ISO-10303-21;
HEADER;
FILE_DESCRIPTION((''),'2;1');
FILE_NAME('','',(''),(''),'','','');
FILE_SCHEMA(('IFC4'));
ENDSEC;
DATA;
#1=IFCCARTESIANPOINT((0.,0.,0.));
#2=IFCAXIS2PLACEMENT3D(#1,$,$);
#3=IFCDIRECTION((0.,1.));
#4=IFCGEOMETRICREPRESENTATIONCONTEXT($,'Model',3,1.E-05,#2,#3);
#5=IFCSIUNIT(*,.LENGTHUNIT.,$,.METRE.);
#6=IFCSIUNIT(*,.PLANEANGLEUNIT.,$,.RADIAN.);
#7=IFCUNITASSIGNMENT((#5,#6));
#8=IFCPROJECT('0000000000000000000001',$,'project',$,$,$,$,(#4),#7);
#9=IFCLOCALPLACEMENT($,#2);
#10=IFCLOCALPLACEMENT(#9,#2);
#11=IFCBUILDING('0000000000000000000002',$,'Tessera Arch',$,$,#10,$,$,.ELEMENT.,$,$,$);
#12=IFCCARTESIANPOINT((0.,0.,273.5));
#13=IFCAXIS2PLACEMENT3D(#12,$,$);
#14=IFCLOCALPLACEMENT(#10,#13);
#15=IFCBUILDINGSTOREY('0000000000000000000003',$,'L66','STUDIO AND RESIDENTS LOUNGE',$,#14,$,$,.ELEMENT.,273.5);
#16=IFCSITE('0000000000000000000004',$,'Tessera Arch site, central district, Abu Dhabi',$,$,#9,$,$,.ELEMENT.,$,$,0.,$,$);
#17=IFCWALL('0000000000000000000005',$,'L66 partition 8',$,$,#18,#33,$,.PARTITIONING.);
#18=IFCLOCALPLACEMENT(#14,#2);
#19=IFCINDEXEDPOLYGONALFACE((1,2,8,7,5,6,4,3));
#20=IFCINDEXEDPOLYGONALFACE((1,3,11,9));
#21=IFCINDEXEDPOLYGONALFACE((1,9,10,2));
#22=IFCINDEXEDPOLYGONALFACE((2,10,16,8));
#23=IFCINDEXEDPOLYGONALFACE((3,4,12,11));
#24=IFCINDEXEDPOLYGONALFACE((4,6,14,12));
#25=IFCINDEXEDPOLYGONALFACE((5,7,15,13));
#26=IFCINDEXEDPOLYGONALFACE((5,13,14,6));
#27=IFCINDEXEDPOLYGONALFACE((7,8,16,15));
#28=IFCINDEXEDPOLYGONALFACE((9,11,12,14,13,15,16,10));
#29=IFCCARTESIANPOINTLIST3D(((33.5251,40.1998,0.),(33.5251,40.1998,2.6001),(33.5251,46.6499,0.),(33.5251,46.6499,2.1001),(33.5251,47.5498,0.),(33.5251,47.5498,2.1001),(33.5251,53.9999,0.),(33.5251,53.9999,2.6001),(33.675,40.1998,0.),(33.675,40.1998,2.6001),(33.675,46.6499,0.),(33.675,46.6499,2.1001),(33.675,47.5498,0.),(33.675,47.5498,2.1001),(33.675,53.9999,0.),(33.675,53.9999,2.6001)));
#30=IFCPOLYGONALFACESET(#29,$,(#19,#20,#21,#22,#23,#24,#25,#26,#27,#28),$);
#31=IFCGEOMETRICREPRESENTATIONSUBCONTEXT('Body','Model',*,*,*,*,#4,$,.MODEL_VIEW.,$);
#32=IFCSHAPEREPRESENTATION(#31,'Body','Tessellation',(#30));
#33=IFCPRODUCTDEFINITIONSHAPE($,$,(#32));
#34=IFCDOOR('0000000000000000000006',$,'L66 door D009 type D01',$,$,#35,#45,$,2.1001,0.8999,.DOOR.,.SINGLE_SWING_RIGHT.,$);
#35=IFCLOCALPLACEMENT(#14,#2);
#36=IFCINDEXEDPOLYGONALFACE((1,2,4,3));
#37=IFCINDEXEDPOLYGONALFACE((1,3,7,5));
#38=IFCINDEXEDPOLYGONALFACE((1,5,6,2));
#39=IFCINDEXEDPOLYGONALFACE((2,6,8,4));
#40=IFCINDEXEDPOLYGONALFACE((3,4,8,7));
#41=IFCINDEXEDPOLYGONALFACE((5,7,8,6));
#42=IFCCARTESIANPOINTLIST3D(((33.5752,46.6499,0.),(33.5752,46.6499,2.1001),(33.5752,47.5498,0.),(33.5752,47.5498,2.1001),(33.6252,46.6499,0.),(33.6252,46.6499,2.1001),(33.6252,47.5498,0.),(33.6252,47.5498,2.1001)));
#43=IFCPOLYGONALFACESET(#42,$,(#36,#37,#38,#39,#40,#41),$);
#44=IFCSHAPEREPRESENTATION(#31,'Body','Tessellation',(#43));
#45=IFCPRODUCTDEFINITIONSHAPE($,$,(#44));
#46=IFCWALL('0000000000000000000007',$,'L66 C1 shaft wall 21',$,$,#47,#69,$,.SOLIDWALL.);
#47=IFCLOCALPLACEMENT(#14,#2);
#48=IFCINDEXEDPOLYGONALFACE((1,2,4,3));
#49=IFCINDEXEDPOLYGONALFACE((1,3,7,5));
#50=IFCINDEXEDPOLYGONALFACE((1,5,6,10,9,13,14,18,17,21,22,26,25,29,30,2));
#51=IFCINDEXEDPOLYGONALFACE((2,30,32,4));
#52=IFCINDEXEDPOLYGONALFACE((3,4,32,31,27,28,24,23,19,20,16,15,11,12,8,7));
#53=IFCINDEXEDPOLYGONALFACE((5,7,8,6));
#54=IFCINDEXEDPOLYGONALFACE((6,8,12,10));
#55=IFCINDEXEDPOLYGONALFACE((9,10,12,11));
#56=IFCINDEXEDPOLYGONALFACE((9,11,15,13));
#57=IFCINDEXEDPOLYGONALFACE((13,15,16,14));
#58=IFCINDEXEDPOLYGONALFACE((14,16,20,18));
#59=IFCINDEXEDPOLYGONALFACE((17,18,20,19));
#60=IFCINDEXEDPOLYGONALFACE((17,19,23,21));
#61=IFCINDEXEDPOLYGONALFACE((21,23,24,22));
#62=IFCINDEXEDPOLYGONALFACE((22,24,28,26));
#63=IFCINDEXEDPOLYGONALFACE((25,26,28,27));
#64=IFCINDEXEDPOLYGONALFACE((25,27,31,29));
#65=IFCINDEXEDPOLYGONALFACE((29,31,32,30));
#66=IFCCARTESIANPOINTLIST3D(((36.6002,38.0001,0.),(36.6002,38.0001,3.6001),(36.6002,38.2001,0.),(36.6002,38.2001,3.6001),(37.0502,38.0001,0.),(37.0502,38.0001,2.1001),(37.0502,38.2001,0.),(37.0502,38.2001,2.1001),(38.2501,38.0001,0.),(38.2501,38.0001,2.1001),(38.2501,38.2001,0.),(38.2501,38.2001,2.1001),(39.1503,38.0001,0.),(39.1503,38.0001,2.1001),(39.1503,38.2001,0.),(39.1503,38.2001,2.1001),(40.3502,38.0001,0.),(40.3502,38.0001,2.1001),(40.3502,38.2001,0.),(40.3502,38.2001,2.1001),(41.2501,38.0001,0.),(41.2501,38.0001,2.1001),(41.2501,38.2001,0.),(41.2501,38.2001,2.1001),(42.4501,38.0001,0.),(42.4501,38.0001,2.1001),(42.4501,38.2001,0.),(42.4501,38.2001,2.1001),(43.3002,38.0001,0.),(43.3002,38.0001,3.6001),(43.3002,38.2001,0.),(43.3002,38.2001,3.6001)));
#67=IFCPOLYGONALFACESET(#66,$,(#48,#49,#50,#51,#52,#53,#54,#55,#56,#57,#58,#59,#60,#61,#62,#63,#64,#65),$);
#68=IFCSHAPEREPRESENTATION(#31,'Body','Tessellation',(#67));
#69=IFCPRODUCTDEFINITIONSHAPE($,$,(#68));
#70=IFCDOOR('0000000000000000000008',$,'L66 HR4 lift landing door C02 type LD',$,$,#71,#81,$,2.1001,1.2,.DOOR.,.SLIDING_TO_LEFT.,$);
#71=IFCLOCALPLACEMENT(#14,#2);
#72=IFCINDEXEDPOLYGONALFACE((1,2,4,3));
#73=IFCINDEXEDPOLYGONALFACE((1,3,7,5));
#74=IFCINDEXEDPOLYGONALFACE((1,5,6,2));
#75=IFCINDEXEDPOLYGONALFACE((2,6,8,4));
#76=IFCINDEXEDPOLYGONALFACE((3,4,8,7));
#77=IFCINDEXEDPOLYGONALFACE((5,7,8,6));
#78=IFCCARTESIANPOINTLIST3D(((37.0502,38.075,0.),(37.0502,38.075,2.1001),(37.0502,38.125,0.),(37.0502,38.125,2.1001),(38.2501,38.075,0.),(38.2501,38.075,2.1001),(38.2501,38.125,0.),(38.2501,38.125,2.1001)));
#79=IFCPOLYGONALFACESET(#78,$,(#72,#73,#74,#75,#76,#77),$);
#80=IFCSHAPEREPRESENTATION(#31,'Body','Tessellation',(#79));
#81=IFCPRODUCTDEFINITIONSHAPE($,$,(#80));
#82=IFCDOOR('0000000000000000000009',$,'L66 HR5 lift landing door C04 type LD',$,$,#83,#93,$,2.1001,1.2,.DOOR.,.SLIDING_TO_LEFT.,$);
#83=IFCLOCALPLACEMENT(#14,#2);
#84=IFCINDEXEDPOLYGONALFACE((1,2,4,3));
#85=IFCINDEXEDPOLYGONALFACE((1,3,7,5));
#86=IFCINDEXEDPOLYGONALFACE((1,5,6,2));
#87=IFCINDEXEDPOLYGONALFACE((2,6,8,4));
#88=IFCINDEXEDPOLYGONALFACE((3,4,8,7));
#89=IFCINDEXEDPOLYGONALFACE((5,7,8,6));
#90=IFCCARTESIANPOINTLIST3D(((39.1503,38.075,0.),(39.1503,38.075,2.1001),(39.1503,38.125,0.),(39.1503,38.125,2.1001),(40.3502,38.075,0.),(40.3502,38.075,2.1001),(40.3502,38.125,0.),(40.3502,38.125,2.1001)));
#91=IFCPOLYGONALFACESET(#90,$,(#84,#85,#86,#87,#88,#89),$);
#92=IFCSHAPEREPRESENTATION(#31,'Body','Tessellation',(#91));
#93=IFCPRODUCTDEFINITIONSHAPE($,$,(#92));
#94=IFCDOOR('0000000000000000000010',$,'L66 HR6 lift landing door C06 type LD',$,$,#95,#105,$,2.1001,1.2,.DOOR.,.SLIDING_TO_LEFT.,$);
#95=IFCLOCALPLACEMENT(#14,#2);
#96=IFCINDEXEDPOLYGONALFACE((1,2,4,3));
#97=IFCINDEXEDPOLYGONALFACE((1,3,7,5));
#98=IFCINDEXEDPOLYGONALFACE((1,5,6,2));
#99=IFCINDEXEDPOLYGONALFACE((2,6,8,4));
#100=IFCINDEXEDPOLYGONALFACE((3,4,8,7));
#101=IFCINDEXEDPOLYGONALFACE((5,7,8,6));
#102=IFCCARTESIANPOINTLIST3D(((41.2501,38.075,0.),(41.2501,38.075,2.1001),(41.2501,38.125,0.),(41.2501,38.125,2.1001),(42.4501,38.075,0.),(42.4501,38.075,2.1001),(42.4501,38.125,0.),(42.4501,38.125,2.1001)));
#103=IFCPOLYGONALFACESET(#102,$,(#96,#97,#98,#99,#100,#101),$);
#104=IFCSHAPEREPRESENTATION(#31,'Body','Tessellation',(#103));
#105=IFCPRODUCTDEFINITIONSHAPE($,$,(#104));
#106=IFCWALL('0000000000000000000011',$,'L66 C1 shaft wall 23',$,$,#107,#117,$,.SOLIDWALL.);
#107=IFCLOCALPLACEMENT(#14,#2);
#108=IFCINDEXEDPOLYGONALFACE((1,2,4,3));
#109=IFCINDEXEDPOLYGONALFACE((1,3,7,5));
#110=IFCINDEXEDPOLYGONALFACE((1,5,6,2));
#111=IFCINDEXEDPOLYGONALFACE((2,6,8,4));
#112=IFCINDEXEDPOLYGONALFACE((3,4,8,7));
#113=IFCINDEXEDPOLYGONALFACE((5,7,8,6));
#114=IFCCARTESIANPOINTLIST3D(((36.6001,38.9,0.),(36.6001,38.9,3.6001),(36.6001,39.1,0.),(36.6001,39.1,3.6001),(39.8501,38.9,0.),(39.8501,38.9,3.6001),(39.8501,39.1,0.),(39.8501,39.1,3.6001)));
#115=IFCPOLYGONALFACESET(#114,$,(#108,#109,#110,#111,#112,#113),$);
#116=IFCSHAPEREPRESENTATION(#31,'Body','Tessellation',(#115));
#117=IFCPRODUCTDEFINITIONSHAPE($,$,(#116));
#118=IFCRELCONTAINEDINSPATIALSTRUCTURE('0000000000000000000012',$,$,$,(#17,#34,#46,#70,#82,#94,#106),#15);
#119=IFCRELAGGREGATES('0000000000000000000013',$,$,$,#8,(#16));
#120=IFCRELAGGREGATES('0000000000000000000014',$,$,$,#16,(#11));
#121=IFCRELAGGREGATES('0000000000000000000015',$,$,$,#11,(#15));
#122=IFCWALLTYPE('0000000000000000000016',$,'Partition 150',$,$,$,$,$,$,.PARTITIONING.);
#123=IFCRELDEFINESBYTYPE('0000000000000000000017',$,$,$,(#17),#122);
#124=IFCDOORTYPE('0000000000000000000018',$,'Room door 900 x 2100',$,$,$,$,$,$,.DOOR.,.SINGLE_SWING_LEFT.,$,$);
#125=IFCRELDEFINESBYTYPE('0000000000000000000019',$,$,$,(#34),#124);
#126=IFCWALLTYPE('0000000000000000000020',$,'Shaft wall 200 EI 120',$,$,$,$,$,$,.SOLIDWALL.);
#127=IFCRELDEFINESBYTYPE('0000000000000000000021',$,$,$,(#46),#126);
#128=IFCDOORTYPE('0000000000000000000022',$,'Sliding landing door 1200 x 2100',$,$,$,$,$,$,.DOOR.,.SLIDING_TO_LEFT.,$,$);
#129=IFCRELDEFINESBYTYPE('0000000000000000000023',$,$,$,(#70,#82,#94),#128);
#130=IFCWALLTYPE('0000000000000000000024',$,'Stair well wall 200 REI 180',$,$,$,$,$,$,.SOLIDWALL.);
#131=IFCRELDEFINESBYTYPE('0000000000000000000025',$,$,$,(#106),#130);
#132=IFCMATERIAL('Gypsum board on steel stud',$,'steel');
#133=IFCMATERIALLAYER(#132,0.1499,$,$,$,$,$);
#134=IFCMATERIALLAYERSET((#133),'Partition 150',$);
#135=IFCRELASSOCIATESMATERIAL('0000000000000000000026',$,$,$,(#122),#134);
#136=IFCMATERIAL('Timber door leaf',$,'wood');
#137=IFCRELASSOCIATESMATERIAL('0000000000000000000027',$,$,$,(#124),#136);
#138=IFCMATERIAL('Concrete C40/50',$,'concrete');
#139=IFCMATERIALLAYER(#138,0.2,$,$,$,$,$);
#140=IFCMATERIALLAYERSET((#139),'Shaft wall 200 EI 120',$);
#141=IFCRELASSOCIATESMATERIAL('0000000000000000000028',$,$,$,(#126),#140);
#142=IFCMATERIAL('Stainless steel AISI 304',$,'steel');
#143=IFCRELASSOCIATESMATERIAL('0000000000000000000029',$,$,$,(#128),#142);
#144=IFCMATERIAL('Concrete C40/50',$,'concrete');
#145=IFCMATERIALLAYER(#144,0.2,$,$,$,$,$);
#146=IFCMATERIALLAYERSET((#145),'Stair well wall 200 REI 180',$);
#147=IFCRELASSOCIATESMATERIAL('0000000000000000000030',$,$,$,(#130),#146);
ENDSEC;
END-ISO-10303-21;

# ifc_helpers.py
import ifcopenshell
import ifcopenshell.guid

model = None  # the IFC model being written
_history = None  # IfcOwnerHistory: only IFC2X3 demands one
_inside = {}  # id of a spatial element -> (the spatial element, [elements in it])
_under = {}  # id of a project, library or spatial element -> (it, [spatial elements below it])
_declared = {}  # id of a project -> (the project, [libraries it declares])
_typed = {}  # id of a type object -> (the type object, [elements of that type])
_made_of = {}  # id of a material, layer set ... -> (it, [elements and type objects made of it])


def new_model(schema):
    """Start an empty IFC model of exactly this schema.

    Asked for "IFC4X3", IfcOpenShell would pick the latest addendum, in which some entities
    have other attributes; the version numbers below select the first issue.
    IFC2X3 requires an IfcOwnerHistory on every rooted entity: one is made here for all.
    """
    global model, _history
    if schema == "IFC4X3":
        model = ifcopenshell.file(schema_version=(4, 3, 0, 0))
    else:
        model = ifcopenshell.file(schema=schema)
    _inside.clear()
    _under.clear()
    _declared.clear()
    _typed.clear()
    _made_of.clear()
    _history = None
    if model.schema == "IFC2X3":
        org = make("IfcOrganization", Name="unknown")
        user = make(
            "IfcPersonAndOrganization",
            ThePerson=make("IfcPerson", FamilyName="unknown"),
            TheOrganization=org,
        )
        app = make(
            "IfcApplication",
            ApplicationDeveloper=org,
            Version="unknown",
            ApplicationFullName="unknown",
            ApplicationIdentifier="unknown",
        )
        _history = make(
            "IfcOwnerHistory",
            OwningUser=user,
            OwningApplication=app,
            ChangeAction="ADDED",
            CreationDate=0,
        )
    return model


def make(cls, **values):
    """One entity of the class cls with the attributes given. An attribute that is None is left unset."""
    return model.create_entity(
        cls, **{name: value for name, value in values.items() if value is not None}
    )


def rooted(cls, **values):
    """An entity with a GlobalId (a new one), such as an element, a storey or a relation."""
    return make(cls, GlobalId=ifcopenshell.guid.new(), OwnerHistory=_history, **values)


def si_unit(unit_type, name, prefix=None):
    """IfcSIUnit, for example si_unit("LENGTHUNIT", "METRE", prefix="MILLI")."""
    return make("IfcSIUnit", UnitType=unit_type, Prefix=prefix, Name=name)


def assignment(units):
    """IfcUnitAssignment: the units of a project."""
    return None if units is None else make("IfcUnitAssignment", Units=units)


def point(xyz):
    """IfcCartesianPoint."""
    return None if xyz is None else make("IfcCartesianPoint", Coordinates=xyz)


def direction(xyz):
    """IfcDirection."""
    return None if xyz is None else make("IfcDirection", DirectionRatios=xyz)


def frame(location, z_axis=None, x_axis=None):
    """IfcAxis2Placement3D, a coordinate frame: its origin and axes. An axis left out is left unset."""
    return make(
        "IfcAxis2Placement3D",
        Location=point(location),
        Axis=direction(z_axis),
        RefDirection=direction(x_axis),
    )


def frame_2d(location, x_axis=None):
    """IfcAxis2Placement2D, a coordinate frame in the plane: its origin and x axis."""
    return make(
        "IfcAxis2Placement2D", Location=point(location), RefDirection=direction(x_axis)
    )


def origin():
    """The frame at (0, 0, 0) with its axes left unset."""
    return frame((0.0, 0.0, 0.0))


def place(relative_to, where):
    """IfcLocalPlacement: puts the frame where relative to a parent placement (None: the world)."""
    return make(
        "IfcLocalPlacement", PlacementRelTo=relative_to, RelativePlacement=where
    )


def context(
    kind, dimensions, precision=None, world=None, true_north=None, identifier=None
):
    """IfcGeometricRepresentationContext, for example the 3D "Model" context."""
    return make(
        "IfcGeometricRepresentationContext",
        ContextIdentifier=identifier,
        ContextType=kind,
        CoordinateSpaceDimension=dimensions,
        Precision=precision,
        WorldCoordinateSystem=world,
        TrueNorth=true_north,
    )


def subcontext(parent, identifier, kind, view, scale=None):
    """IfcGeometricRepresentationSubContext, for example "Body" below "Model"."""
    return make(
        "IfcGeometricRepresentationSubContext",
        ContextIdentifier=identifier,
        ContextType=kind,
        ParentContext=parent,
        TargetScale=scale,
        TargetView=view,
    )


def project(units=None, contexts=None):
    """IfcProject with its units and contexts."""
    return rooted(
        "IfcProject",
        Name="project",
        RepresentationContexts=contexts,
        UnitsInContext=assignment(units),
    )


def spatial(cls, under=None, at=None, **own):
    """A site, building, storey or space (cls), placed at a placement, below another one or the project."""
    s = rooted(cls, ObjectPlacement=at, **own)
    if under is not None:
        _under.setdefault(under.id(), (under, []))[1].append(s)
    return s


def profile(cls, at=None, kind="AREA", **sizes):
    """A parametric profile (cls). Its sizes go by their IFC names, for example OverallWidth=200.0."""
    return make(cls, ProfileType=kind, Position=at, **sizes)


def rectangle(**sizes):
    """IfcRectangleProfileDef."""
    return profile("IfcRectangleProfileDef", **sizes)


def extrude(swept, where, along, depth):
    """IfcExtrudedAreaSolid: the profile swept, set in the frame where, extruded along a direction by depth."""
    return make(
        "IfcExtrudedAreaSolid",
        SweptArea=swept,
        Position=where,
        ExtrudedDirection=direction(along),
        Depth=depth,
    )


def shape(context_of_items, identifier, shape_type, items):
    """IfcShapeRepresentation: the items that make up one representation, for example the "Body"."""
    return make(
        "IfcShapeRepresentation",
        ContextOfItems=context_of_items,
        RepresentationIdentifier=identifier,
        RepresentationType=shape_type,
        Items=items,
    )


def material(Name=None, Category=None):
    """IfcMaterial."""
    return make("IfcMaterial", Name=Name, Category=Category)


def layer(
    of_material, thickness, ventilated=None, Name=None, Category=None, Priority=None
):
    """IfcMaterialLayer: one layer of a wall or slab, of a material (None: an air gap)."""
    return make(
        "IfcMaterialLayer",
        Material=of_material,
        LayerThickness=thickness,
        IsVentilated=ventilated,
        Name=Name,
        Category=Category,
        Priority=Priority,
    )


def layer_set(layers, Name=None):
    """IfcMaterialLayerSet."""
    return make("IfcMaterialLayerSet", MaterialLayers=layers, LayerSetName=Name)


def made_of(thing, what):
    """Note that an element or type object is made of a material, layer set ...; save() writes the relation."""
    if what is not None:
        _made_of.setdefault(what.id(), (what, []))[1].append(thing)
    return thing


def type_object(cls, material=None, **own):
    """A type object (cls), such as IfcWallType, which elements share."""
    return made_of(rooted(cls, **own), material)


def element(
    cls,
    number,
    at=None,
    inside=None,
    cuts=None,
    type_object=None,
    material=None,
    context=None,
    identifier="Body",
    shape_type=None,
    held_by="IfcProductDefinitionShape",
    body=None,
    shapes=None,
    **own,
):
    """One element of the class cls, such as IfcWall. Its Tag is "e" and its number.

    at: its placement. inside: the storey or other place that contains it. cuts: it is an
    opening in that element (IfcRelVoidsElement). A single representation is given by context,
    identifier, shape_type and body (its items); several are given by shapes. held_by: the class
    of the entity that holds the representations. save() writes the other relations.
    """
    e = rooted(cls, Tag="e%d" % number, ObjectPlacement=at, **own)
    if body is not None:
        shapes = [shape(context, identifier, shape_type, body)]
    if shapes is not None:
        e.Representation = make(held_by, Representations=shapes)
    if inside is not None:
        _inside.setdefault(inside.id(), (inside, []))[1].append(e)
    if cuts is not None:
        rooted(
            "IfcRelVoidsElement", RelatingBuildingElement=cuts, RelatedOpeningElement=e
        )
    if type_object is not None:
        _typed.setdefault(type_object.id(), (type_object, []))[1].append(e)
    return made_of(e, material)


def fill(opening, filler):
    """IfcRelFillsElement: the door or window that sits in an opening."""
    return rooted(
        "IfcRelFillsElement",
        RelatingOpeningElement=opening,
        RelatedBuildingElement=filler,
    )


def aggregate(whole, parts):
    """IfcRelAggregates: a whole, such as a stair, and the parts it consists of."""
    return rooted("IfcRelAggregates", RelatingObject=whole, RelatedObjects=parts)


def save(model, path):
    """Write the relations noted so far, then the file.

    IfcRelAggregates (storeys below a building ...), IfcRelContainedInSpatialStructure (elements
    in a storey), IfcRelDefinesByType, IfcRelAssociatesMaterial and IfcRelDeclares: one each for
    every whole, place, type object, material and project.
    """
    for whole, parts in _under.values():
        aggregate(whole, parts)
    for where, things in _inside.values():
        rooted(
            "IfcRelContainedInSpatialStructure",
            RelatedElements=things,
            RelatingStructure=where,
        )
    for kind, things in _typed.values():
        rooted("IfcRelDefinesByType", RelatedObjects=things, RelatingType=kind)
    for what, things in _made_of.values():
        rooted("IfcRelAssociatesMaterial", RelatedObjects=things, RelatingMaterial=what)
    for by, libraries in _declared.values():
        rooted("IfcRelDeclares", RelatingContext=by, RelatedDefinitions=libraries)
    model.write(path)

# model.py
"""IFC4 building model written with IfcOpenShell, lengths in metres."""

from ifc_helpers import new_model, si_unit, direction, frame, frame_2d, origin, place, context, subcontext, project, spatial, rectangle, extrude, material, layer, layer_set, type_object, element, fill, save


model = new_model("IFC4")

# Units and contexts
model_context = context("Model", 3, precision=1e-05, world=origin(), true_north=direction((0.0, 1.0)))
body_context = subcontext(model_context, "Body", "Model", "MODEL_VIEW")
ifc_project = project(units=[si_unit("LENGTHUNIT", "METRE"), si_unit("PLANEANGLEUNIT", "RADIAN")], contexts=[model_context])

# Site, building, storey
site_placement = place(None, origin())
site = spatial("IfcSite", under=ifc_project, at=site_placement, Name="Tessera Arch site, central district, Abu Dhabi", CompositionType="ELEMENT", RefElevation=0.0)
building_placement = place(site_placement, origin())
building = spatial("IfcBuilding", under=site, at=building_placement, Name="Tessera Arch", CompositionType="ELEMENT")
storey_placement = place(building_placement, frame((0.0, 0.0, 273.5)))
storey = spatial("IfcBuildingStorey", under=building, at=storey_placement, Name="L66", Description="STUDIO AND RESIDENTS LOUNGE", CompositionType="ELEMENT", Elevation=273.5)

# Wall, opening, door
ifc_material_1 = material(Name="Gypsum board on steel stud", Category="steel")
ifc_layer_1 = layer(ifc_material_1, 0.1499)
ifc_layer_set_1 = layer_set([ifc_layer_1], Name="Partition 150")
wall_type_1 = type_object("IfcWallType", Name="Partition 150", PredefinedType="PARTITIONING", material=ifc_layer_set_1)
wall_1_placement = place(storey_placement, frame((33.6001, 40.2, 0.0), z_axis=(0.0, 0.0, 1.0), x_axis=(0.0, 1.0, 0.0)))
wall_1 = element("IfcWall", 1, at=wall_1_placement, inside=storey, type_object=wall_type_1, Name="L66 partition 8", PredefinedType="PARTITIONING", context=body_context, shape_type="SweptSolid", body=[
    extrude(rectangle(XDim=13.8, YDim=0.1499, at=frame_2d((6.8999, 0.0))), origin(), (0.0, 0.0, 1.0), 2.6001),
])
opening_1_placement = place(wall_1_placement, frame((6.45, 0.0, 0.0)))
opening_1 = element("IfcOpeningElement", 2, at=opening_1_placement, cuts=wall_1, PredefinedType="OPENING", context=body_context, shape_type="SweptSolid", body=[
    extrude(rectangle(XDim=0.8999, YDim=2.1001, at=frame_2d((0.45, 1.05))), frame((0.0, 0.085, 0.0), z_axis=(0.0, -1.0, 0.0), x_axis=(1.0, 0.0, 0.0)), (0.0, 0.0, 1.0), 0.1699),
])
ifc_material_2 = material(Name="Timber door leaf", Category="wood")
door_type_1 = type_object("IfcDoorType", Name="Room door 900 x 2100", OperationType="SINGLE_SWING_LEFT", PredefinedType="DOOR", material=ifc_material_2)
door_1_placement = place(opening_1_placement, origin())
door_1 = element("IfcDoor", 3, at=door_1_placement, inside=storey, type_object=door_type_1, Name="L66 door D009 type D01", OperationType="SINGLE_SWING_RIGHT", OverallHeight=2.1001, OverallWidth=0.8999, PredefinedType="DOOR", context=body_context, shape_type="SweptSolid", body=[
    extrude(rectangle(XDim=0.8999, YDim=2.1001, at=frame_2d((0.45, 1.05))), frame((0.0, 0.0249, 0.0), z_axis=(0.0, -1.0, 0.0), x_axis=(1.0, 0.0, 0.0)), (0.0, 0.0, 1.0), 0.05),
])
fill(opening_1, door_1)

# Wall, openings, doors
ifc_material_3 = material(Name="Concrete C40/50", Category="concrete")
ifc_layer_2 = layer(ifc_material_3, 0.2)
ifc_layer_set_2 = layer_set([ifc_layer_2], Name="Shaft wall 200 EI 120")
wall_type_2 = type_object("IfcWallType", Name="Shaft wall 200 EI 120", PredefinedType="SOLIDWALL", material=ifc_layer_set_2)
wall_2_placement = place(storey_placement, frame((36.6001, 38.1001, 0.0), z_axis=(0.0, 0.0, 1.0), x_axis=(1.0, 0.0, 0.0)))
wall_2 = element("IfcWall", 4, at=wall_2_placement, inside=storey, type_object=wall_type_2, Name="L66 C1 shaft wall 21", PredefinedType="SOLIDWALL", context=body_context, shape_type="SweptSolid", body=[
    extrude(rectangle(XDim=6.7, YDim=0.2, at=frame_2d((3.3501, 0.0))), origin(), (0.0, 0.0, 1.0), 3.6001),
])
opening_2_placement = place(wall_2_placement, frame((0.45, 0.0, 0.0)))
opening_2 = element("IfcOpeningElement", 5, at=opening_2_placement, cuts=wall_2, PredefinedType="OPENING", context=body_context, shape_type="SweptSolid", body=[
    extrude(rectangle(XDim=1.2, YDim=2.1001, at=frame_2d((0.6001, 1.05))), frame((0.0, 0.1099, 0.0), z_axis=(0.0, -1.0, 0.0), x_axis=(1.0, 0.0, 0.0)), (0.0, 0.0, 1.0), 0.22),
])
opening_3_placement = place(wall_2_placement, frame((2.55, 0.0, 0.0)))
opening_3 = element("IfcOpeningElement", 6, at=opening_3_placement, cuts=wall_2, PredefinedType="OPENING", context=body_context, shape_type="SweptSolid", body=[
    extrude(rectangle(XDim=1.2, YDim=2.1001, at=frame_2d((0.6001, 1.05))), frame((0.0, 0.1099, 0.0), z_axis=(0.0, -1.0, 0.0), x_axis=(1.0, 0.0, 0.0)), (0.0, 0.0, 1.0), 0.22),
])
opening_4_placement = place(wall_2_placement, frame((4.6499, 0.0, 0.0)))
opening_4 = element("IfcOpeningElement", 7, at=opening_4_placement, cuts=wall_2, PredefinedType="OPENING", context=body_context, shape_type="SweptSolid", body=[
    extrude(rectangle(XDim=1.2, YDim=2.1001, at=frame_2d((0.6001, 1.05))), frame((0.0, 0.1099, 0.0), z_axis=(0.0, -1.0, 0.0), x_axis=(1.0, 0.0, 0.0)), (0.0, 0.0, 1.0), 0.22),
])
ifc_material_4 = material(Name="Stainless steel AISI 304", Category="steel")
door_type_2 = type_object("IfcDoorType", Name="Sliding landing door 1200 x 2100", OperationType="SLIDING_TO_LEFT", PredefinedType="DOOR", material=ifc_material_4)
door_2_placement = place(opening_2_placement, origin())
door_2 = element("IfcDoor", 8, at=door_2_placement, inside=storey, type_object=door_type_2, Name="L66 HR4 lift landing door C02 type LD", OperationType="SLIDING_TO_LEFT", OverallHeight=2.1001, OverallWidth=1.2, PredefinedType="DOOR", context=body_context, shape_type="SweptSolid", body=[
    extrude(rectangle(XDim=1.2, YDim=2.1001, at=frame_2d((0.6001, 1.05))), frame((0.0, 0.0249, 0.0), z_axis=(0.0, -1.0, 0.0), x_axis=(1.0, 0.0, 0.0)), (0.0, 0.0, 1.0), 0.05),
])
fill(opening_2, door_2)
door_3_placement = place(opening_3_placement, origin())
door_3 = element("IfcDoor", 9, at=door_3_placement, inside=storey, type_object=door_type_2, Name="L66 HR5 lift landing door C04 type LD", OperationType="SLIDING_TO_LEFT", OverallHeight=2.1001, OverallWidth=1.2, PredefinedType="DOOR", context=body_context, shape_type="SweptSolid", body=[
    extrude(rectangle(XDim=1.2, YDim=2.1001, at=frame_2d((0.6001, 1.05))), frame((0.0, 0.0249, 0.0), z_axis=(0.0, -1.0, 0.0), x_axis=(1.0, 0.0, 0.0)), (0.0, 0.0, 1.0), 0.05),
])
fill(opening_3, door_3)
door_4_placement = place(opening_4_placement, origin())
door_4 = element("IfcDoor", 10, at=door_4_placement, inside=storey, type_object=door_type_2, Name="L66 HR6 lift landing door C06 type LD", OperationType="SLIDING_TO_LEFT", OverallHeight=2.1001, OverallWidth=1.2, PredefinedType="DOOR", context=body_context, shape_type="SweptSolid", body=[
    extrude(rectangle(XDim=1.2, YDim=2.1001, at=frame_2d((0.6001, 1.05))), frame((0.0, 0.0249, 0.0), z_axis=(0.0, -1.0, 0.0), x_axis=(1.0, 0.0, 0.0)), (0.0, 0.0, 1.0), 0.05),
])
fill(opening_4, door_4)

# Wall
ifc_material_5 = material(Name="Concrete C40/50", Category="concrete")
ifc_layer_3 = layer(ifc_material_5, 0.2)
ifc_layer_set_3 = layer_set([ifc_layer_3], Name="Stair well wall 200 REI 180")
wall_type_3 = type_object("IfcWallType", Name="Stair well wall 200 REI 180", PredefinedType="SOLIDWALL", material=ifc_layer_set_3)
wall_3_placement = place(storey_placement, frame((36.6001, 39.0, 0.0), z_axis=(0.0, 0.0, 1.0), x_axis=(1.0, 0.0, 0.0)))
element("IfcWall", 11, at=wall_3_placement, inside=storey, type_object=wall_type_3, Name="L66 C1 shaft wall 23", PredefinedType="SOLIDWALL", context=body_context, shape_type="SweptSolid", body=[
    extrude(rectangle(XDim=3.25, YDim=0.2, at=frame_2d((1.625, 0.0))), origin(), (0.0, 0.0, 1.0), 3.6001),
])

save(model, "model.ifc")
